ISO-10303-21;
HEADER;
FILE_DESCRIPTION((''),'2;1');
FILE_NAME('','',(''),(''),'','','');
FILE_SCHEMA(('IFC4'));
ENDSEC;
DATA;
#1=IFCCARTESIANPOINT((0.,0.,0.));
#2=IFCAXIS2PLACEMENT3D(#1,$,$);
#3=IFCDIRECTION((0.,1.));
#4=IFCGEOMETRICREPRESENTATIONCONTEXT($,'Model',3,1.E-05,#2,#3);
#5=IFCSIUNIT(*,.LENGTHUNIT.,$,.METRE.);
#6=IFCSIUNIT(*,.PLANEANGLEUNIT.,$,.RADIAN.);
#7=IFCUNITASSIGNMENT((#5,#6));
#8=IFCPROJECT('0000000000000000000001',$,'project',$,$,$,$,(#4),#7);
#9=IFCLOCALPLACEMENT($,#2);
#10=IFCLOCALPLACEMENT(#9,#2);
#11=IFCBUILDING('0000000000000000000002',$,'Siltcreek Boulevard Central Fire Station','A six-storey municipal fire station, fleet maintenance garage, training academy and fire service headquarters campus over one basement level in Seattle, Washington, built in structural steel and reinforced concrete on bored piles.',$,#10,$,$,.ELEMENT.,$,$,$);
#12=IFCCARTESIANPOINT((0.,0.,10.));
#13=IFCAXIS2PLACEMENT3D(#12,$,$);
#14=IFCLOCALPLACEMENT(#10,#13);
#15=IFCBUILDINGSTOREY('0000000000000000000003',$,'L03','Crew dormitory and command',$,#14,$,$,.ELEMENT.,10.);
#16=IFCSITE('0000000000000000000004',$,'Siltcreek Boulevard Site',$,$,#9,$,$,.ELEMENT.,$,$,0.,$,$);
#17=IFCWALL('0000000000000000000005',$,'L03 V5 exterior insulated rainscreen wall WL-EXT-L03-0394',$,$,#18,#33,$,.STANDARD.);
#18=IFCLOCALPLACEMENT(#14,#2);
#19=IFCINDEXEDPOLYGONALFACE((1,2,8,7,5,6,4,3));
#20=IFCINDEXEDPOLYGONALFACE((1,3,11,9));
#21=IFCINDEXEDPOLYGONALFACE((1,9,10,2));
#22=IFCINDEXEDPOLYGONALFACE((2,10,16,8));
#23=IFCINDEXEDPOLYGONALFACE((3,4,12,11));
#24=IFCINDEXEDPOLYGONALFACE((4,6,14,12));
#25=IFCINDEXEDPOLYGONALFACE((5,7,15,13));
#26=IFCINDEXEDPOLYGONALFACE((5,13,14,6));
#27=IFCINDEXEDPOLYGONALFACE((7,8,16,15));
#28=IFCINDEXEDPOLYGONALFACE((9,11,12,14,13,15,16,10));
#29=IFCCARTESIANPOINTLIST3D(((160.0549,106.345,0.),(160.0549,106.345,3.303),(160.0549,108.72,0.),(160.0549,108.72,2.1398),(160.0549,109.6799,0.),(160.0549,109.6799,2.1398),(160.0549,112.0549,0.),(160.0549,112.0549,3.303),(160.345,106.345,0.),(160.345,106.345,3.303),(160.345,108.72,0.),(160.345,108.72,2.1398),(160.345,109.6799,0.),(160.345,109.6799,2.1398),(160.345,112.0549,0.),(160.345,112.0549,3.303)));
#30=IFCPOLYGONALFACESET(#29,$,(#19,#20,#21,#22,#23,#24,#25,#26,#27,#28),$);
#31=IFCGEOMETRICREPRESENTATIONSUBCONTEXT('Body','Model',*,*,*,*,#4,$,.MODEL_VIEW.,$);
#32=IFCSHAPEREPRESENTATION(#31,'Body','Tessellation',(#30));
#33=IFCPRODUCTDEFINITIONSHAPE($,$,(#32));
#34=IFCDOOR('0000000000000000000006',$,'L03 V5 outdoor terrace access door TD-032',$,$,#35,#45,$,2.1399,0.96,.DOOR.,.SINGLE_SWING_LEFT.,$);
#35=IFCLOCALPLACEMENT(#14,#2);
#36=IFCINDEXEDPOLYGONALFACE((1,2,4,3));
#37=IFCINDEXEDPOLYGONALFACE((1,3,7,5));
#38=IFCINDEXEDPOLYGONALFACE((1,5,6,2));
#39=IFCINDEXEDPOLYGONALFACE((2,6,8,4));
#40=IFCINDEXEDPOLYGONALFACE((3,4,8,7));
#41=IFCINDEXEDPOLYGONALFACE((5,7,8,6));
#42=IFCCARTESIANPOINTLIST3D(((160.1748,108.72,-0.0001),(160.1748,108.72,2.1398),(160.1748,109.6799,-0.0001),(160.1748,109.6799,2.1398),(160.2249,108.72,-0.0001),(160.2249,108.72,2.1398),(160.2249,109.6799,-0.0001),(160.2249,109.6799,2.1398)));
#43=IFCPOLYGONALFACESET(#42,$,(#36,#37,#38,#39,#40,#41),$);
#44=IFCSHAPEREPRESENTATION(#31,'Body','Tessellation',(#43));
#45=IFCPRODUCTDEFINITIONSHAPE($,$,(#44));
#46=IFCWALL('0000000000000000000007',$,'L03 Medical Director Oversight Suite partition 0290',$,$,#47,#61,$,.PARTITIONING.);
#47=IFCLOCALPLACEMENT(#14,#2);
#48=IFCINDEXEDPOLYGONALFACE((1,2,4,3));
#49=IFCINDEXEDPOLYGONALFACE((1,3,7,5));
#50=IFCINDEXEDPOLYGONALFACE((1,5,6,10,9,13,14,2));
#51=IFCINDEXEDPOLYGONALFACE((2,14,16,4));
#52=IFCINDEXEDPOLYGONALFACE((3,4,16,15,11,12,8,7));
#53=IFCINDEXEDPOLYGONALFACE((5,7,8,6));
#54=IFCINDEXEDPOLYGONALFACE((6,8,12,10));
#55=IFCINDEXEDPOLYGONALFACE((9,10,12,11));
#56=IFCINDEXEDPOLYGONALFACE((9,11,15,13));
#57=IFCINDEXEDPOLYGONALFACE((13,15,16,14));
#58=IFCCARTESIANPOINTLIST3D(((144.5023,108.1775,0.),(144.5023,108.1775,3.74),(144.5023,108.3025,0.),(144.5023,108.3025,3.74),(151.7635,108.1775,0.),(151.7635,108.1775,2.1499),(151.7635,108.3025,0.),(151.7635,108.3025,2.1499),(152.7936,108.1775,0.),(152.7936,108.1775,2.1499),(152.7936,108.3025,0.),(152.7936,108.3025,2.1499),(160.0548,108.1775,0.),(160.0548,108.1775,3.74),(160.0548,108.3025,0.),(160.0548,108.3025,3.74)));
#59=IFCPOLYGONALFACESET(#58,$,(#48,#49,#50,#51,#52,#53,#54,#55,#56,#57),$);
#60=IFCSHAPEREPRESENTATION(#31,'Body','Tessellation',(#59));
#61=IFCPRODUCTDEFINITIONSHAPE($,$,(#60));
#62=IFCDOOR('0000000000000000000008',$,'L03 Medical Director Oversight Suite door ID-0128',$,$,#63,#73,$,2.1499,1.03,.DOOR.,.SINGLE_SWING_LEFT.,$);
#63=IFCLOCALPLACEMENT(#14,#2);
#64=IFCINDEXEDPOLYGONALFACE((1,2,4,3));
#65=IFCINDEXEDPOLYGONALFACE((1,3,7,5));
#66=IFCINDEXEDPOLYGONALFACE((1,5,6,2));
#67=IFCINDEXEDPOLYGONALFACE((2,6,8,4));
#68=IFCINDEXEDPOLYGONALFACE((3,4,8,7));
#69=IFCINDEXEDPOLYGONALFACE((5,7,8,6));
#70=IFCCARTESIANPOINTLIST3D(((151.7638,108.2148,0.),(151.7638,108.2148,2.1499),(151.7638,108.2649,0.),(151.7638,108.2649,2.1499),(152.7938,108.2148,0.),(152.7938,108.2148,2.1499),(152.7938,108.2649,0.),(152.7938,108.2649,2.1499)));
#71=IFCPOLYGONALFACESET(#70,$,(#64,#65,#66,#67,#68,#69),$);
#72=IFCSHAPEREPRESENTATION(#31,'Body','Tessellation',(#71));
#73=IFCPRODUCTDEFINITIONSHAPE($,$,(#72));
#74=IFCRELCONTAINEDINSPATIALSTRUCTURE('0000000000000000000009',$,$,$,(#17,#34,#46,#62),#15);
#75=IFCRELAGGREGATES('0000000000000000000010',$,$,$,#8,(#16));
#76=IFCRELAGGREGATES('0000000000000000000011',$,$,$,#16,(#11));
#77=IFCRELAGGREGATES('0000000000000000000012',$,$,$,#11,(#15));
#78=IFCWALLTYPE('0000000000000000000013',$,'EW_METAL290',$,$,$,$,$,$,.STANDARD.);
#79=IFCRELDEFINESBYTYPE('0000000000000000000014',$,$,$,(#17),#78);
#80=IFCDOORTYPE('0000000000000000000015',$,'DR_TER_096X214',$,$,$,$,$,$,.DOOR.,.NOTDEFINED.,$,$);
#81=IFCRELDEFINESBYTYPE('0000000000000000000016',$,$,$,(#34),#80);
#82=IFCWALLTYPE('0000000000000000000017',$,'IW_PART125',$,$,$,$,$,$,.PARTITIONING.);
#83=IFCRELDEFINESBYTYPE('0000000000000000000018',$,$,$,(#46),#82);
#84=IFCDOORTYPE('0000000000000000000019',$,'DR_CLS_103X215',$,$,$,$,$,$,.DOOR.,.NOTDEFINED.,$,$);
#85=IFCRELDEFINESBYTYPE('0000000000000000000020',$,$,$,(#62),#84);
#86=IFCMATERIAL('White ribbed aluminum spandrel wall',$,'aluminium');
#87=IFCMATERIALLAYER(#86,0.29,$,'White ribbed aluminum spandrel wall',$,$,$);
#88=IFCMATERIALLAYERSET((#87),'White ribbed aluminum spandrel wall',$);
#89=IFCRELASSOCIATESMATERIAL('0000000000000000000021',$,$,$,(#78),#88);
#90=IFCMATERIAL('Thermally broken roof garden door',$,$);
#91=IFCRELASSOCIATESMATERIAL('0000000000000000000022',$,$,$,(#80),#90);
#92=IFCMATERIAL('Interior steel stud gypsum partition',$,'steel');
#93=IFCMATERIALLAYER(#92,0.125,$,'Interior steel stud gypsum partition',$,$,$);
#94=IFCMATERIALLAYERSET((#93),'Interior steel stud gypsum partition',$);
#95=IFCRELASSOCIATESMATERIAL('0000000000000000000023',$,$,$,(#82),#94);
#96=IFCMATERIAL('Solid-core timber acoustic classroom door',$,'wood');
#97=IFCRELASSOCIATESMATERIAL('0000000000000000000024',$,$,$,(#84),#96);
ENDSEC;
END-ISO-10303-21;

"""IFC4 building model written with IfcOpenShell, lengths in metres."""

from ifc_helpers import new_model, si_unit, direction, frame, frame_2d, origin, place, context, subcontext, project, spatial, rectangle, extrude, material, layer, layer_set, type_object, element, fill, save


model = new_model("IFC4")

# Units and contexts
model_context = context("Model", 3, precision=1e-05, world=origin(), true_north=direction((0.0, 1.0)))
body_context = subcontext(model_context, "Body", "Model", "MODEL_VIEW")
ifc_project = project(units=[si_unit("LENGTHUNIT", "METRE"), si_unit("PLANEANGLEUNIT", "RADIAN")], contexts=[model_context])

# Site, building, storey
site_placement = place(None, origin())
site = spatial("IfcSite", under=ifc_project, at=site_placement, Name="Siltcreek Boulevard Site", CompositionType="ELEMENT", RefElevation=0.0)
building_placement = place(site_placement, origin())
building = spatial("IfcBuilding", under=site, at=building_placement, Name="Siltcreek Boulevard Central Fire Station", Description="A six-storey municipal fire station, fleet maintenance garage, training academy and fire service headquarters campus over one basement level in Seattle, Washington, built in structural steel and reinforced concrete on bored piles.", CompositionType="ELEMENT")
storey_placement = place(building_placement, frame((0.0, 0.0, 10.0)))
storey = spatial("IfcBuildingStorey", under=building, at=storey_placement, Name="L03", Description="Crew dormitory and command", CompositionType="ELEMENT", Elevation=10.0)

# Shared definitions
ifc_material_1 = material(Name="White ribbed aluminum spandrel wall", Category="aluminium")
ifc_layer_1 = layer(ifc_material_1, 0.29, Name="White ribbed aluminum spandrel wall")
ifc_layer_set_1 = layer_set([ifc_layer_1], Name="White ribbed aluminum spandrel wall")
wall_type_1 = type_object("IfcWallType", Name="EW_METAL290", PredefinedType="STANDARD", material=ifc_layer_set_1)

# Walls, openings, doors
wall_1_placement = place(storey_placement, frame((160.2, 106.345, 0.0), z_axis=(0.0, 0.0, 1.0), x_axis=(0.0, 1.0, 0.0)))
wall_1 = element("IfcWall", 1, at=wall_1_placement, inside=storey, type_object=wall_type_1, Name="L03 V5 exterior insulated rainscreen wall WL-EXT-L03-0394", PredefinedType="STANDARD", context=body_context, shape_type="SweptSolid", body=[
    extrude(rectangle(XDim=5.71, YDim=0.29, at=frame_2d((2.855, 0.0))), origin(), (0.0, 0.0, 1.0), 3.303),
])
opening_1_placement = place(wall_1_placement, frame((2.375, 0.0, 0.0)))
opening_1 = element("IfcOpeningElement", 2, at=opening_1_placement, cuts=wall_1, PredefinedType="OPENING", context=body_context, shape_type="SweptSolid", body=[
    extrude(rectangle(XDim=0.96, YDim=2.1399, at=frame_2d((0.48, 1.0698))), frame((0.0, 0.155, 0.0), z_axis=(0.0, -1.0, 0.0), x_axis=(1.0, 0.0, 0.0)), (0.0, 0.0, 1.0), 0.3101),
])
ifc_material_2 = material(Name="Thermally broken roof garden door")
door_type_1 = type_object("IfcDoorType", Name="DR_TER_096X214", OperationType="NOTDEFINED", PredefinedType="DOOR", material=ifc_material_2)
door_1_placement = place(opening_1_placement, frame((0.96, 0.0, 0.0), z_axis=(0.0, 0.0, 1.0), x_axis=(-1.0, 0.0, 0.0)))
door_1 = element("IfcDoor", 3, at=door_1_placement, inside=storey, type_object=door_type_1, Name="L03 V5 outdoor terrace access door TD-032", OperationType="SINGLE_SWING_LEFT", OverallHeight=2.1399, OverallWidth=0.96, PredefinedType="DOOR", context=body_context, shape_type="SweptSolid", body=[
    extrude(rectangle(XDim=0.96, YDim=2.1399, at=frame_2d((0.48, 1.0698))), frame((0.0, 0.0249, 0.0), z_axis=(0.0, -1.0, 0.0), x_axis=(1.0, 0.0, 0.0)), (0.0, 0.0, 1.0), 0.05),
])
fill(opening_1, door_1)
ifc_material_3 = material(Name="Interior steel stud gypsum partition", Category="steel")
ifc_layer_2 = layer(ifc_material_3, 0.125, Name="Interior steel stud gypsum partition")
ifc_layer_set_2 = layer_set([ifc_layer_2], Name="Interior steel stud gypsum partition")
wall_type_2 = type_object("IfcWallType", Name="IW_PART125", PredefinedType="PARTITIONING", material=ifc_layer_set_2)
wall_2_placement = place(storey_placement, frame((160.0549, 108.24, 0.0), z_axis=(0.0, 0.0, 1.0), x_axis=(-1.0, 0.0, 0.0)))
wall_2 = element("IfcWall", 4, at=wall_2_placement, inside=storey, type_object=wall_type_2, Name="L03 Medical Director Oversight Suite partition 0290", PredefinedType="PARTITIONING", context=body_context, shape_type="SweptSolid", body=[
    extrude(rectangle(XDim=15.5525, YDim=0.125, at=frame_2d((7.7764, 0.0))), origin(), (0.0, 0.0, 1.0), 3.74),
])
opening_2_placement = place(wall_2_placement, frame((7.2612, 0.0, 0.0)))
opening_2 = element("IfcOpeningElement", 5, at=opening_2_placement, cuts=wall_2, PredefinedType="OPENING", context=body_context, shape_type="SweptSolid", body=[
    extrude(rectangle(XDim=1.03, YDim=2.1499, at=frame_2d((0.5151, 1.075))), frame((0.0, 0.0725, 0.0), z_axis=(0.0, -1.0, 0.0), x_axis=(1.0, 0.0, 0.0)), (0.0, 0.0, 1.0), 0.145),
])
ifc_material_4 = material(Name="Solid-core timber acoustic classroom door", Category="wood")
door_type_2 = type_object("IfcDoorType", Name="DR_CLS_103X215", OperationType="NOTDEFINED", PredefinedType="DOOR", material=ifc_material_4)
door_2_placement = place(opening_2_placement, frame((1.03, 0.0, 0.0), z_axis=(0.0, 0.0, 1.0), x_axis=(-1.0, 0.0, 0.0)))
door_2 = element("IfcDoor", 6, at=door_2_placement, inside=storey, type_object=door_type_2, Name="L03 Medical Director Oversight Suite door ID-0128", OperationType="SINGLE_SWING_LEFT", OverallHeight=2.1499, OverallWidth=1.03, PredefinedType="DOOR", context=body_context, shape_type="SweptSolid", body=[
    extrude(rectangle(XDim=1.03, YDim=2.1499, at=frame_2d((0.5151, 1.075))), frame((0.0, 0.0249, 0.0), z_axis=(0.0, -1.0, 0.0), x_axis=(1.0, 0.0, 0.0)), (0.0, 0.0, 1.0), 0.05),
])
fill(opening_2, door_2)

save(model, "model.ifc")
